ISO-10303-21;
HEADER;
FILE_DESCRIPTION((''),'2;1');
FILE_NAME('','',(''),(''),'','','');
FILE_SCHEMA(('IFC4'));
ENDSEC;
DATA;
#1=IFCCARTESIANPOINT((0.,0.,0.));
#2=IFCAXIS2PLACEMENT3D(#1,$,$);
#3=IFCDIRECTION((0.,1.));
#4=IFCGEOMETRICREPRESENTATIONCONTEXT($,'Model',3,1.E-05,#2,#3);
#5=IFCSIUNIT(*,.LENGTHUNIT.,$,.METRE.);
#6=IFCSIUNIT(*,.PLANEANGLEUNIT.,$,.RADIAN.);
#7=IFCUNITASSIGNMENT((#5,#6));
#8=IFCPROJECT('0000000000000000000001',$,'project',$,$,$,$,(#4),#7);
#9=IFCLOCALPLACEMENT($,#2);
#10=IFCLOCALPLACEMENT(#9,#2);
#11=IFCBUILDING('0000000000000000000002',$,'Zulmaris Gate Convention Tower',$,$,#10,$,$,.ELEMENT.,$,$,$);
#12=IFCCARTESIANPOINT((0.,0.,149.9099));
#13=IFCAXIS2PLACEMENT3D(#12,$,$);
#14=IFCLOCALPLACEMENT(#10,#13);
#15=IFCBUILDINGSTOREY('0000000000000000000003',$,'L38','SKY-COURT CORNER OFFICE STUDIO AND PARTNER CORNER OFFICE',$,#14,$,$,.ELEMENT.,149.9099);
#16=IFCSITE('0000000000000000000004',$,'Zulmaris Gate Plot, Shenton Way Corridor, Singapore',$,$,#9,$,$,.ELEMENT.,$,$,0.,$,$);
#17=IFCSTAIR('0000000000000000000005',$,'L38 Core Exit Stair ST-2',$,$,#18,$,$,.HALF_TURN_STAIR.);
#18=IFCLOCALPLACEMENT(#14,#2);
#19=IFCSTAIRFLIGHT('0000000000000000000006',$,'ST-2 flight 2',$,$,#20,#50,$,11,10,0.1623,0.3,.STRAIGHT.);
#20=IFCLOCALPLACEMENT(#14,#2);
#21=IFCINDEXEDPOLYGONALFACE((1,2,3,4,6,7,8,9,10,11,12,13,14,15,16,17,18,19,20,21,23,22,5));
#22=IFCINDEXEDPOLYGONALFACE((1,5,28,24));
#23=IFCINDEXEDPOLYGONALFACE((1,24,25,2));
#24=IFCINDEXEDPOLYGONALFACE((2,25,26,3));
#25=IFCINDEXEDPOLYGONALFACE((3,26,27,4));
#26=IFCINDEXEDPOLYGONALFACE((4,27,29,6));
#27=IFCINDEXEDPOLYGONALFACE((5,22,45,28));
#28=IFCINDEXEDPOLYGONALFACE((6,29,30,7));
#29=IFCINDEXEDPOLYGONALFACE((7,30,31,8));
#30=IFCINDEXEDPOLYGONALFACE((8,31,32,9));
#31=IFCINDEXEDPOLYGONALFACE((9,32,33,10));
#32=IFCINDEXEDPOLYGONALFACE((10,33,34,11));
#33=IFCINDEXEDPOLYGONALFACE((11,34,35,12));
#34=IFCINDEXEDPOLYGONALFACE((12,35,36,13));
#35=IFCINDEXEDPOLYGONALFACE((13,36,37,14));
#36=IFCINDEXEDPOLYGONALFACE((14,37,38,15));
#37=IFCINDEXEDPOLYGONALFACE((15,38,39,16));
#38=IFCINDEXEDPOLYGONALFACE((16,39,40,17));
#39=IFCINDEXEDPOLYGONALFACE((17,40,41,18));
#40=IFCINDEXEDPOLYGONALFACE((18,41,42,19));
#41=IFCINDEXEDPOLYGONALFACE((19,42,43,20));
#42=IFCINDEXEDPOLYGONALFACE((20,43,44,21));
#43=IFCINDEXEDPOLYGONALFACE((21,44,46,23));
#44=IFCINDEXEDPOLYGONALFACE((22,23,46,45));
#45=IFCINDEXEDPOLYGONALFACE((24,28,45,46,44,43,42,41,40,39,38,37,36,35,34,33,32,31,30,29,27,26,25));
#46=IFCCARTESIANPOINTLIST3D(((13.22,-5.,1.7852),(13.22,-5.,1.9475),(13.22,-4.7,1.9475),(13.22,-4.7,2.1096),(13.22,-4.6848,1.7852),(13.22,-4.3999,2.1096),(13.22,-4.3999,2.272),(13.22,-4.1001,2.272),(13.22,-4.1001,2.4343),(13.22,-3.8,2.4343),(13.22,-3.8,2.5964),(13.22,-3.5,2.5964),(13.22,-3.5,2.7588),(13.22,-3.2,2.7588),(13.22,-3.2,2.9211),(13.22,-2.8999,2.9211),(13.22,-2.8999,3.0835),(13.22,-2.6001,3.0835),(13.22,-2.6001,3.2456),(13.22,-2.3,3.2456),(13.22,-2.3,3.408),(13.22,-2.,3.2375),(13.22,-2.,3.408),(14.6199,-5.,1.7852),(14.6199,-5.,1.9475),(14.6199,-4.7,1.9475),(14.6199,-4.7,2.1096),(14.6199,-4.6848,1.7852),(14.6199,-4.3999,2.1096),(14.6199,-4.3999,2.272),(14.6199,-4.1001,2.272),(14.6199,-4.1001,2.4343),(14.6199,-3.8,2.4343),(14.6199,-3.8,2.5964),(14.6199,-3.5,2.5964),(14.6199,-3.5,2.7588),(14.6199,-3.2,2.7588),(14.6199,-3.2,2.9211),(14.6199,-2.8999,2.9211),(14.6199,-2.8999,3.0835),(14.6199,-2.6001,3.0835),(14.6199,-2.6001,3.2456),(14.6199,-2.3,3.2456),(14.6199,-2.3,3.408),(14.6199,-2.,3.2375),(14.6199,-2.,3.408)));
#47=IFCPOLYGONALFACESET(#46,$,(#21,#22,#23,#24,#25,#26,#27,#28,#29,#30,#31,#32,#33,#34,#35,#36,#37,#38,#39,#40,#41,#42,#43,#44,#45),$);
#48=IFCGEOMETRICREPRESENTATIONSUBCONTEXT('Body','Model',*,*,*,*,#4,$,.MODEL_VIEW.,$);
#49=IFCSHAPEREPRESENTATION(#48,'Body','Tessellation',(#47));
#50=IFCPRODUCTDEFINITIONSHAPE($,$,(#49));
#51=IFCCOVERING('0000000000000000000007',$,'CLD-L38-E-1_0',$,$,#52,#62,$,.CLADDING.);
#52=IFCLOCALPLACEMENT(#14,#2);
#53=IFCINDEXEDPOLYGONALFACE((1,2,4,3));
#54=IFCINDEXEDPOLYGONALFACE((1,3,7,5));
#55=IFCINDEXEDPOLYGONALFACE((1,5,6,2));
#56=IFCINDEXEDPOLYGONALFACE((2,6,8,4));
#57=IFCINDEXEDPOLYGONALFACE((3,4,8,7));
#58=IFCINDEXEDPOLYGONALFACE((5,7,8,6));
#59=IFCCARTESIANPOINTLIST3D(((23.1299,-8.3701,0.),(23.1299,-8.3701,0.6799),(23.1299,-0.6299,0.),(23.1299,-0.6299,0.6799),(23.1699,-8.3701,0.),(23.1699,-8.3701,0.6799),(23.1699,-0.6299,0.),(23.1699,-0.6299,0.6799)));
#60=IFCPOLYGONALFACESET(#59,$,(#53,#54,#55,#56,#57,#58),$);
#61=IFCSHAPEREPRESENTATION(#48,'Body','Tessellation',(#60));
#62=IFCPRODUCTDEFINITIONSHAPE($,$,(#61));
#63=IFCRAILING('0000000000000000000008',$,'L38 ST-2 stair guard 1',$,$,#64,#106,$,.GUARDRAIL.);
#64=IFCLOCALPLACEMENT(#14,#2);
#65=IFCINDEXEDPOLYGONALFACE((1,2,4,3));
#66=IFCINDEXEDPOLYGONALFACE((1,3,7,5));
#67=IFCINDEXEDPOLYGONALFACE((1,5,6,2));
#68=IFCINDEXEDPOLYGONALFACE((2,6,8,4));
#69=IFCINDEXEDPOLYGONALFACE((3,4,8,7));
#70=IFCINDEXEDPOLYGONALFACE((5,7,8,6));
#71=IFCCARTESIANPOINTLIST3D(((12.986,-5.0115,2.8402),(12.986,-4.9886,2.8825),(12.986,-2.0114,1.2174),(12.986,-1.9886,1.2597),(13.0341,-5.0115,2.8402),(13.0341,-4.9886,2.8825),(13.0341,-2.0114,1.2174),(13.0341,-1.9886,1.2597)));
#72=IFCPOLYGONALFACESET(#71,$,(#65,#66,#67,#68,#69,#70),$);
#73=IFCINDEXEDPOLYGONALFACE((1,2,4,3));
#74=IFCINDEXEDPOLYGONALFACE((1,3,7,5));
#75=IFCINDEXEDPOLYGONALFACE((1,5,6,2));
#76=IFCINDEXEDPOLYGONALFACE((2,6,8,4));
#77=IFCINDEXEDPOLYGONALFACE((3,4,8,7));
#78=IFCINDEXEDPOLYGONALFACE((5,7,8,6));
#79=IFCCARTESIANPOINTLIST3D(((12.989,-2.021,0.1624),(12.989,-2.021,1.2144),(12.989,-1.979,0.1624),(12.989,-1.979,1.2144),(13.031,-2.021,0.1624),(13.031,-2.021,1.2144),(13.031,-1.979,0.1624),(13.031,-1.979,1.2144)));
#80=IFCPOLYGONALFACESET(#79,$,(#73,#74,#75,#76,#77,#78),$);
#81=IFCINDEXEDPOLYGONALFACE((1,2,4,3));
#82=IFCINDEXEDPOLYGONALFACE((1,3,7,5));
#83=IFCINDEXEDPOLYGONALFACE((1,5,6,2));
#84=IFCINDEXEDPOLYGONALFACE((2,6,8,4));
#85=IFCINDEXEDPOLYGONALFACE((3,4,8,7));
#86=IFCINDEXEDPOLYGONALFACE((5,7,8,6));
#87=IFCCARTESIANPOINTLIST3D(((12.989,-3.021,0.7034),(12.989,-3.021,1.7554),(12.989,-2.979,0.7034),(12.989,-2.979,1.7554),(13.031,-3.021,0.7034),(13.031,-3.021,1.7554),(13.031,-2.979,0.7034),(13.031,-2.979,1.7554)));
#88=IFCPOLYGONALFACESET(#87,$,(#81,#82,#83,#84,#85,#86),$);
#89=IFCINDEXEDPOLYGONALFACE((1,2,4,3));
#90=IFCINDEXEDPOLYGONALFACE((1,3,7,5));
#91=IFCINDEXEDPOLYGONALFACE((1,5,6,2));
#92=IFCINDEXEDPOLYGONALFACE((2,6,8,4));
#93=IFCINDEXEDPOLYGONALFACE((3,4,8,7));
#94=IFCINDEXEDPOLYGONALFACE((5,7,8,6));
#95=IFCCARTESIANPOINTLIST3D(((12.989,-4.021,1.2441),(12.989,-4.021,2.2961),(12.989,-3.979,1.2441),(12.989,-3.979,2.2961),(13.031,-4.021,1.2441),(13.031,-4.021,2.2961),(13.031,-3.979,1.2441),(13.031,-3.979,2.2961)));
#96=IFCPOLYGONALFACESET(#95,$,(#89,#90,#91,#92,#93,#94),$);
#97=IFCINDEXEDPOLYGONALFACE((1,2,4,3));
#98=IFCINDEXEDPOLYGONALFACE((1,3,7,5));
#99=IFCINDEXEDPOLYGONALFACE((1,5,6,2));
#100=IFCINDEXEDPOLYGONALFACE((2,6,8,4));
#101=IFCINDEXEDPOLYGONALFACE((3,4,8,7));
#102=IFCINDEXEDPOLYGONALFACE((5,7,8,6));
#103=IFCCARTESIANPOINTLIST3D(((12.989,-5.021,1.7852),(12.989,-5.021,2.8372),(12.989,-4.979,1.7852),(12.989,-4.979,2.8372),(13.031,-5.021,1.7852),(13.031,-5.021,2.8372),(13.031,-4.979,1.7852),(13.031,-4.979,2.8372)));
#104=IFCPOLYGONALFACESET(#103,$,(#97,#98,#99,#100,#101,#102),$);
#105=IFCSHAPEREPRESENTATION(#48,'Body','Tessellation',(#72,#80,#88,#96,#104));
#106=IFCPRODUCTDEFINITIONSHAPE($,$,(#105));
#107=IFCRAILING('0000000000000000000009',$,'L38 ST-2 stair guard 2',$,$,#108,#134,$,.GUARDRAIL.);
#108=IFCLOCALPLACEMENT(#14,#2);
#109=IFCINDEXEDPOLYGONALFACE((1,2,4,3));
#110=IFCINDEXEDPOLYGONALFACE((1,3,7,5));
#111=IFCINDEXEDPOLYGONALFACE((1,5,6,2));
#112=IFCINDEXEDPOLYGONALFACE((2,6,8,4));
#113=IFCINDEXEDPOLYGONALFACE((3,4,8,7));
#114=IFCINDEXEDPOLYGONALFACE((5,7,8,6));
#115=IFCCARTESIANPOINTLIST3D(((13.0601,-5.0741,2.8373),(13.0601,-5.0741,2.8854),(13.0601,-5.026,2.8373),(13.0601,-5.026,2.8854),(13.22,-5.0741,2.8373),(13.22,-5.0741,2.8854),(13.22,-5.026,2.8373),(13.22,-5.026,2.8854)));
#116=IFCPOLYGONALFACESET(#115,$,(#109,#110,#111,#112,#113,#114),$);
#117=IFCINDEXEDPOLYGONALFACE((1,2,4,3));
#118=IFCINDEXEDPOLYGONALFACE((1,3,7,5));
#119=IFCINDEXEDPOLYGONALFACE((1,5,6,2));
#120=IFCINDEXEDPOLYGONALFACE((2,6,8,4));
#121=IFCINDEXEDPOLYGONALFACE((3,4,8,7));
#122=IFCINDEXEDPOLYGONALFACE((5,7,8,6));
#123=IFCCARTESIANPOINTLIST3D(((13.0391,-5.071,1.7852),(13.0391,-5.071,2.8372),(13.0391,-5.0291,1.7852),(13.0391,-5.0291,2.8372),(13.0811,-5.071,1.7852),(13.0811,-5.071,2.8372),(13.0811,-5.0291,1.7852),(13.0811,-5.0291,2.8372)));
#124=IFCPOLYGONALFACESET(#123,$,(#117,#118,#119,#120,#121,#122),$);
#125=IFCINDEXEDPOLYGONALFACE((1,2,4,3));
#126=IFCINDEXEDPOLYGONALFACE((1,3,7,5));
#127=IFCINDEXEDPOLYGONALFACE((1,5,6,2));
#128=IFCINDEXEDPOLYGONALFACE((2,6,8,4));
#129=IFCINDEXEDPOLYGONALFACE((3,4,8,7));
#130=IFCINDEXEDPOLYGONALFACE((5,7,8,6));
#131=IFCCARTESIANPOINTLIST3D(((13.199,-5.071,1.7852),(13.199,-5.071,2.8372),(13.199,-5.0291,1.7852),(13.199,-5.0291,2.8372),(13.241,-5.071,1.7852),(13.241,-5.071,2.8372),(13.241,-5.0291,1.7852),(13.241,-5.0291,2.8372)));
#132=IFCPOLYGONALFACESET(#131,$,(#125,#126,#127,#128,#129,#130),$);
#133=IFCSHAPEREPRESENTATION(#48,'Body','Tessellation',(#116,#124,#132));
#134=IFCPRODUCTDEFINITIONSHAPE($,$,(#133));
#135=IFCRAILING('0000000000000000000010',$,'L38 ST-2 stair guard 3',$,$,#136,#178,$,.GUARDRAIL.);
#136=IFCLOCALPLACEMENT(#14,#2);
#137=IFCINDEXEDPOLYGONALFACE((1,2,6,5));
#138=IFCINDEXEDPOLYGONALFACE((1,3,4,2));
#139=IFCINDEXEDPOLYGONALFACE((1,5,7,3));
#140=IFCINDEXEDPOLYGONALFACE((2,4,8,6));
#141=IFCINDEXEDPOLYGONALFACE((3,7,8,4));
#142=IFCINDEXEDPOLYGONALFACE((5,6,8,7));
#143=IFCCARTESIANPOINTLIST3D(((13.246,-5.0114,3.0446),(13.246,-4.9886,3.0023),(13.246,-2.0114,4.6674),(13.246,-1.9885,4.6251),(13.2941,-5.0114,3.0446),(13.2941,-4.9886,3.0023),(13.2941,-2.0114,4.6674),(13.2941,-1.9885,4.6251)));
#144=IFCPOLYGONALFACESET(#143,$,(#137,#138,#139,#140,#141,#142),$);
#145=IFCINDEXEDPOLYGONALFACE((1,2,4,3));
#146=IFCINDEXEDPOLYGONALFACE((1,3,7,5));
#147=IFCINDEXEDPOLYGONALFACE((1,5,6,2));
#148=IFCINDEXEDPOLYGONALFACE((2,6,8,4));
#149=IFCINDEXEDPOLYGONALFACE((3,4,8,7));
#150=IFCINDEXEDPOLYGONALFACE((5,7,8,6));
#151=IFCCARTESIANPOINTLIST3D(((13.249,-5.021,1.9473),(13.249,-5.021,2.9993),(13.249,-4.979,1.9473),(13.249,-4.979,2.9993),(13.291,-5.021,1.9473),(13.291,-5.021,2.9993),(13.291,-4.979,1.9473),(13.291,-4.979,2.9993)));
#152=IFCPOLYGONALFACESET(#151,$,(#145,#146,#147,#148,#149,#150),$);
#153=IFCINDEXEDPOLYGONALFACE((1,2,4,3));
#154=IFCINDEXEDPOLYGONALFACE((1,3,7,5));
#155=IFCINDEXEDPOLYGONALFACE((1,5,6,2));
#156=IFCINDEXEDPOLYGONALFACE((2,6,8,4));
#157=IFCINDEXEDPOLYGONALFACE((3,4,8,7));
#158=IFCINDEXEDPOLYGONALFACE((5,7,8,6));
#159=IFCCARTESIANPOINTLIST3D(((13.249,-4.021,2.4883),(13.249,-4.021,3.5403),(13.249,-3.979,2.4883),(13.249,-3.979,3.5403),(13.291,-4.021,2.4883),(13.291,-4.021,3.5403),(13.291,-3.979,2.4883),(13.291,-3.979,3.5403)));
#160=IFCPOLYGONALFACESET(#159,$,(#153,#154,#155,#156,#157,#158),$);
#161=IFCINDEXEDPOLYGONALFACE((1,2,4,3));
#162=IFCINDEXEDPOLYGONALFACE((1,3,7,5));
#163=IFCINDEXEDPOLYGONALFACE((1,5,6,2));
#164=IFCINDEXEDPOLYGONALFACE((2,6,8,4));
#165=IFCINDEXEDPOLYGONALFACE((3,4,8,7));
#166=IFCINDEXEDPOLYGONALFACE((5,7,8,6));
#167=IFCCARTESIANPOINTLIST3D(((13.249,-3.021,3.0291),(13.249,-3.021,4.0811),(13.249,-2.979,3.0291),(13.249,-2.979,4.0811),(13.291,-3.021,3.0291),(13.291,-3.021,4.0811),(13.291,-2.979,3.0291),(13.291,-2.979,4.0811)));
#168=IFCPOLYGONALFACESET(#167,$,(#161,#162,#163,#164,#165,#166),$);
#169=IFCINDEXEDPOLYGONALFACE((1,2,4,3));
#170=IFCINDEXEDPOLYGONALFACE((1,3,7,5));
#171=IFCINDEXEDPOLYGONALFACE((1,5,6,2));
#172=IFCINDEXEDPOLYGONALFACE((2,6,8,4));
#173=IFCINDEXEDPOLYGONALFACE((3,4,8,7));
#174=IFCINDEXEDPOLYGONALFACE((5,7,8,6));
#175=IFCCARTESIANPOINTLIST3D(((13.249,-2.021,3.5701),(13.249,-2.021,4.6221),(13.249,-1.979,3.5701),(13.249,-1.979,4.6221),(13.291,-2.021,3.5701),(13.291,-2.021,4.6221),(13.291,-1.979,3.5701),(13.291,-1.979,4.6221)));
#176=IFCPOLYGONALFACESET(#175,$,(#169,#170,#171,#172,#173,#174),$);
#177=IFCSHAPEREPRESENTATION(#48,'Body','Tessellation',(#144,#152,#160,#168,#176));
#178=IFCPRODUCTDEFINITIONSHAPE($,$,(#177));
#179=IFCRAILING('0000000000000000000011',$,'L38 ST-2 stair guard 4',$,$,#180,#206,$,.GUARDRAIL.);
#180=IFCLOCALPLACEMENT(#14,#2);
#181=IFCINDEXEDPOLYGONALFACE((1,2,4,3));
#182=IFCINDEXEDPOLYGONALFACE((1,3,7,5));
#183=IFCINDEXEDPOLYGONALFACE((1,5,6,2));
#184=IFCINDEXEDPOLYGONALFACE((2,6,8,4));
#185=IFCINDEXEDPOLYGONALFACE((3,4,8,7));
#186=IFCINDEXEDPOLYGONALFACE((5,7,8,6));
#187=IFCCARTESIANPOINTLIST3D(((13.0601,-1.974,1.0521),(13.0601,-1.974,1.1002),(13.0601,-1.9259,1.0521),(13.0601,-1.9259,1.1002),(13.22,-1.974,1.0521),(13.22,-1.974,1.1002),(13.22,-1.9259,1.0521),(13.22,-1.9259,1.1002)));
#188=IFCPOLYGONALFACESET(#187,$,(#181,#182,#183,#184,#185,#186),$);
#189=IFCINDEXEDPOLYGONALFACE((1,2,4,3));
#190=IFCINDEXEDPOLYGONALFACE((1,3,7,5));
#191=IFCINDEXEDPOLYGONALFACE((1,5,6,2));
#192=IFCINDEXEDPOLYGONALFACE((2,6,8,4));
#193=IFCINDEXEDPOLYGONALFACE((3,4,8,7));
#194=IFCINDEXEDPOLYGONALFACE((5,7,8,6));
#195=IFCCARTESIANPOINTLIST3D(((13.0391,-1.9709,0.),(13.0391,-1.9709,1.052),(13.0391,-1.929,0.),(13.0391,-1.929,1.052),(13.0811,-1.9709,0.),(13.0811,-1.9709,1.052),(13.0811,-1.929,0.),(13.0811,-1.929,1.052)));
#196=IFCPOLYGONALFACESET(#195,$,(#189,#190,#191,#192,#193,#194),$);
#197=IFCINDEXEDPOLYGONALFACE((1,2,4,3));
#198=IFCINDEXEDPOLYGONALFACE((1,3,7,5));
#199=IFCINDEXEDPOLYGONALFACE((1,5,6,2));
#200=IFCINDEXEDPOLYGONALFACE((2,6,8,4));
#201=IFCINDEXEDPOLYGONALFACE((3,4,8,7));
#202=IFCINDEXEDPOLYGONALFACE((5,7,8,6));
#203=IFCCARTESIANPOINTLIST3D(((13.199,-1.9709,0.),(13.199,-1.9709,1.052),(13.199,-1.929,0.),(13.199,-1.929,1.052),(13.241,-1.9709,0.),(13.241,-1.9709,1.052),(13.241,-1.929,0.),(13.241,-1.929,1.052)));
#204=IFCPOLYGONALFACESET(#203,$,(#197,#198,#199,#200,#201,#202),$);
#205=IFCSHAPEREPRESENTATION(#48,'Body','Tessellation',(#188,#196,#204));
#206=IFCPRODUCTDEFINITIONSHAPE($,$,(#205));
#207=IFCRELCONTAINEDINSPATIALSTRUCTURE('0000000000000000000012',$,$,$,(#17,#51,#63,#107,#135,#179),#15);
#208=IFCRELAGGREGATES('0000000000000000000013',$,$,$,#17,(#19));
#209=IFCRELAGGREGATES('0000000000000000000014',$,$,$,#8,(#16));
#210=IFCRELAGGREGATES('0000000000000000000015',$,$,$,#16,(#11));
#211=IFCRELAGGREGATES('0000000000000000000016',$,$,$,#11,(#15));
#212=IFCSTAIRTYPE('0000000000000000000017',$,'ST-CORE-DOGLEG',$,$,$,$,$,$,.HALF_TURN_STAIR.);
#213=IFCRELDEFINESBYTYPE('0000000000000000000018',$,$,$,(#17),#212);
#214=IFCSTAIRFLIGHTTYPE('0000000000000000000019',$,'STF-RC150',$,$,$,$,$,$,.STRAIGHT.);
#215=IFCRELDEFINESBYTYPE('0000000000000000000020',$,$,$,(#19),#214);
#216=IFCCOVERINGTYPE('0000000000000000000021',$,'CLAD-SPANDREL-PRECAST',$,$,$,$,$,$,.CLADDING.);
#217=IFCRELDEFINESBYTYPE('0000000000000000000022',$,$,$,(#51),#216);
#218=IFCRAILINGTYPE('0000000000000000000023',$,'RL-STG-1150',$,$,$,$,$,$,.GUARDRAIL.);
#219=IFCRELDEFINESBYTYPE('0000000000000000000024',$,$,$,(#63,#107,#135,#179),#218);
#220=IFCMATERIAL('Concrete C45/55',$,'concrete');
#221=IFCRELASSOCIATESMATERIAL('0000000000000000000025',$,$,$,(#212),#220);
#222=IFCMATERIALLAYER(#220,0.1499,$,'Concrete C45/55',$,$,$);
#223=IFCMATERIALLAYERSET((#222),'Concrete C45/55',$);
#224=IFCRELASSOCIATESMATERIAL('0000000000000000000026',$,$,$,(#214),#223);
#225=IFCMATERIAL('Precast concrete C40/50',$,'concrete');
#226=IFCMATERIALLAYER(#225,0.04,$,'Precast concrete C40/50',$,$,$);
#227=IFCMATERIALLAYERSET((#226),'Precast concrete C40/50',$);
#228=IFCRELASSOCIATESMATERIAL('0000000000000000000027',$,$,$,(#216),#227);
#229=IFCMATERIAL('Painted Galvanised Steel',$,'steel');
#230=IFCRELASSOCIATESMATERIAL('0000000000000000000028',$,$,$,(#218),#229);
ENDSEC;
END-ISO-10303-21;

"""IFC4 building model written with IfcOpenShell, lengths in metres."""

from ifc_helpers import new_model, si_unit, direction, frame, frame_2d, origin, origin_2d, place, context, subcontext, project, spatial, polyline, rectangle, outline, extrude, material, layer, layer_set, type_object, element, aggregate, save


model = new_model("IFC4")

# Units and contexts
model_context = context("Model", 3, precision=1e-05, world=origin(), true_north=direction((0.0, 1.0)))
body_context = subcontext(model_context, "Body", "Model", "MODEL_VIEW")
ifc_project = project(units=[si_unit("LENGTHUNIT", "METRE"), si_unit("PLANEANGLEUNIT", "RADIAN")], contexts=[model_context])

# Site, building, storey
site_placement = place(None, origin())
site = spatial("IfcSite", under=ifc_project, at=site_placement, Name="Zulmaris Gate Plot, Shenton Way Corridor, Singapore", CompositionType="ELEMENT", RefElevation=0.0)
building_placement = place(site_placement, origin())
building = spatial("IfcBuilding", under=site, at=building_placement, Name="Zulmaris Gate Convention Tower", CompositionType="ELEMENT")
storey_placement = place(building_placement, frame((0.0, 0.0, 149.9099)))
storey = spatial("IfcBuildingStorey", under=building, at=storey_placement, Name="L38", Description="SKY-COURT CORNER OFFICE STUDIO AND PARTNER CORNER OFFICE", CompositionType="ELEMENT", Elevation=149.9099)

# Shared definitions
ifc_material_1 = material(Name="Precast concrete C40/50", Category="concrete")

# Stair, stair flight
ifc_material_2 = material(Name="Concrete C45/55", Category="concrete")
stair_type = type_object("IfcStairType", Name="ST-CORE-DOGLEG", PredefinedType="HALF_TURN_STAIR", material=ifc_material_2)
stair_placement = place(storey_placement, origin())
stair = element("IfcStair", 1, at=stair_placement, inside=storey, type_object=stair_type, Name="L38 Core Exit Stair ST-2", PredefinedType="HALF_TURN_STAIR")
ifc_layer_1 = layer(ifc_material_2, 0.1499, Name="Concrete C45/55")
ifc_layer_set_1 = layer_set([ifc_layer_1], Name="Concrete C45/55")
stair_flight_type = type_object("IfcStairFlightType", Name="STF-RC150", PredefinedType="STRAIGHT", material=ifc_layer_set_1)
stair_flight_1_placement = place(storey_placement, frame((13.9199, -5.0, 1.7852), z_axis=(0.0, 0.0, 1.0), x_axis=(0.0, 1.0, 0.0)))
stair_flight_1 = element("IfcStairFlight", 2, at=stair_flight_1_placement, type_object=stair_flight_type, Name="ST-2 flight 2", NumberOfRisers=11, NumberOfTreads=10, PredefinedType="STRAIGHT", RiserHeight=0.1623, TreadLength=0.3, context=body_context, shape_type="SweptSolid", body=[
    extrude(outline(polyline([(0.0, 0.0), (0.0, 0.1624), (0.3, 0.1624), (0.3, 0.3245), (0.6001, 0.3245), (0.6001, 0.4868), (0.8999, 0.4868), (0.8999, 0.6492), (1.2, 0.6492), (1.2, 0.8113), (1.5, 0.8113), (1.5, 0.9736), (1.8, 0.9736), (1.8, 1.136), (2.1001, 1.136), (2.1001, 1.2983), (2.3999, 1.2983), (2.3999, 1.4604), (2.7, 1.4604), (2.7, 1.6228), (3.0, 1.6228), (3.0, 1.7852), (3.0, 1.4524), (0.3152, 0.0), (0.0, 0.0)])), frame((0.0, 0.7, 0.0), z_axis=(0.0, -1.0, 0.0), x_axis=(1.0, 0.0, 0.0)), (0.0, 0.0, 1.0), 1.3999),
])
aggregate(stair, [stair_flight_1])

# Covering
ifc_layer_2 = layer(ifc_material_1, 0.04, Name="Precast concrete C40/50")
ifc_layer_set_2 = layer_set([ifc_layer_2], Name="Precast concrete C40/50")
covering_type = type_object("IfcCoveringType", Name="CLAD-SPANDREL-PRECAST", PredefinedType="CLADDING", material=ifc_layer_set_2)
covering_placement = place(storey_placement, frame((23.1499, -8.3701, 0.0), z_axis=(0.0, 0.0, 1.0), x_axis=(0.0, 1.0, 0.0)))
element("IfcCovering", 3, at=covering_placement, inside=storey, type_object=covering_type, Name="CLD-L38-E-1_0", PredefinedType="CLADDING", context=body_context, shape_type="SweptSolid", body=[
    extrude(rectangle(XDim=7.7402, YDim=0.04, at=frame_2d((3.8701, 0.0))), origin(), (0.0, 0.0, 1.0), 0.6799),
])

# Railings
ifc_material_3 = material(Name="Painted Galvanised Steel", Category="steel")
railing_type_1 = type_object("IfcRailingType", Name="RL-STG-1150", PredefinedType="GUARDRAIL", material=ifc_material_3)
railing_1_placement = place(storey_placement, frame((13.01, -2.0, 0.1624)))
element("IfcRailing", 4, at=railing_1_placement, inside=storey, type_object=railing_type_1, Name="L38 ST-2 stair guard 1", PredefinedType="GUARDRAIL", context=body_context, shape_type="SweptSolid", body=[
    extrude(rectangle(XDim=0.0481, YDim=0.0481, at=origin_2d()), frame((0.0, 0.0, 1.0762), z_axis=(0.0, -0.879562, 0.475785), x_axis=(1.0, 0.0, 0.0)), (0.0, 0.0, 1.0), 3.4109),
    extrude(rectangle(XDim=0.042, YDim=0.042, at=origin_2d()), origin(), (0.0, 0.0, 1.0), 1.052),
    extrude(rectangle(XDim=0.042, YDim=0.042, at=origin_2d()), frame((0.0, -1.0, 0.541)), (0.0, 0.0, 1.0), 1.052),
    extrude(rectangle(XDim=0.042, YDim=0.042, at=origin_2d()), frame((0.0, -2.0, 1.0818)), (0.0, 0.0, 1.0), 1.052),
    extrude(rectangle(XDim=0.042, YDim=0.042, at=origin_2d()), frame((0.0, -3.0, 1.6228)), (0.0, 0.0, 1.0), 1.052),
])
railing_2_placement = place(storey_placement, frame((13.0601, -5.05, 1.7852)))
element("IfcRailing", 5, at=railing_2_placement, inside=storey, type_object=railing_type_1, Name="L38 ST-2 stair guard 2", PredefinedType="GUARDRAIL", context=body_context, shape_type="SweptSolid", body=[
    extrude(rectangle(XDim=0.0481, YDim=0.0481, at=origin_2d()), frame((0.0, 0.0, 1.0762), z_axis=(1.0, 0.0, 0.0), x_axis=(0.0, 1.0, 0.0)), (0.0, 0.0, 1.0), 0.1599),
    extrude(rectangle(XDim=0.042, YDim=0.042, at=origin_2d()), origin(), (0.0, 0.0, 1.0), 1.052),
    extrude(rectangle(XDim=0.042, YDim=0.042, at=origin_2d()), frame((0.1599, 0.0, 0.0)), (0.0, 0.0, 1.0), 1.052),
])
railing_3_placement = place(storey_placement, frame((13.27, -5.0, 1.9473)))
element("IfcRailing", 6, at=railing_3_placement, inside=storey, type_object=railing_type_1, Name="L38 ST-2 stair guard 3", PredefinedType="GUARDRAIL", context=body_context, shape_type="SweptSolid", body=[
    extrude(rectangle(XDim=0.0481, YDim=0.0481, at=origin_2d()), frame((0.0, 0.0, 1.0762), z_axis=(0.0, 0.879562, 0.475785), x_axis=(-1.0, 0.0, 0.0)), (0.0, 0.0, 1.0), 3.4109),
    extrude(rectangle(XDim=0.042, YDim=0.042, at=origin_2d()), origin(), (0.0, 0.0, 1.0), 1.052),
    extrude(rectangle(XDim=0.042, YDim=0.042, at=origin_2d()), frame((0.0, 1.0, 0.541)), (0.0, 0.0, 1.0), 1.052),
    extrude(rectangle(XDim=0.042, YDim=0.042, at=origin_2d()), frame((0.0, 2.0, 1.0818)), (0.0, 0.0, 1.0), 1.052),
    extrude(rectangle(XDim=0.042, YDim=0.042, at=origin_2d()), frame((0.0, 3.0, 1.6228)), (0.0, 0.0, 1.0), 1.052),
])
railing_4_placement = place(storey_placement, frame((13.0601, -1.95, 0.0)))
element("IfcRailing", 7, at=railing_4_placement, inside=storey, type_object=railing_type_1, Name="L38 ST-2 stair guard 4", PredefinedType="GUARDRAIL", context=body_context, shape_type="SweptSolid", body=[
    extrude(rectangle(XDim=0.0481, YDim=0.0481, at=origin_2d()), frame((0.0, 0.0, 1.0762), z_axis=(1.0, 0.0, 0.0), x_axis=(0.0, 1.0, 0.0)), (0.0, 0.0, 1.0), 0.1599),
    extrude(rectangle(XDim=0.042, YDim=0.042, at=origin_2d()), origin(), (0.0, 0.0, 1.0), 1.052),
    extrude(rectangle(XDim=0.042, YDim=0.042, at=origin_2d()), frame((0.1599, 0.0, 0.0)), (0.0, 0.0, 1.0), 1.052),
])

save(model, "model.ifc")
